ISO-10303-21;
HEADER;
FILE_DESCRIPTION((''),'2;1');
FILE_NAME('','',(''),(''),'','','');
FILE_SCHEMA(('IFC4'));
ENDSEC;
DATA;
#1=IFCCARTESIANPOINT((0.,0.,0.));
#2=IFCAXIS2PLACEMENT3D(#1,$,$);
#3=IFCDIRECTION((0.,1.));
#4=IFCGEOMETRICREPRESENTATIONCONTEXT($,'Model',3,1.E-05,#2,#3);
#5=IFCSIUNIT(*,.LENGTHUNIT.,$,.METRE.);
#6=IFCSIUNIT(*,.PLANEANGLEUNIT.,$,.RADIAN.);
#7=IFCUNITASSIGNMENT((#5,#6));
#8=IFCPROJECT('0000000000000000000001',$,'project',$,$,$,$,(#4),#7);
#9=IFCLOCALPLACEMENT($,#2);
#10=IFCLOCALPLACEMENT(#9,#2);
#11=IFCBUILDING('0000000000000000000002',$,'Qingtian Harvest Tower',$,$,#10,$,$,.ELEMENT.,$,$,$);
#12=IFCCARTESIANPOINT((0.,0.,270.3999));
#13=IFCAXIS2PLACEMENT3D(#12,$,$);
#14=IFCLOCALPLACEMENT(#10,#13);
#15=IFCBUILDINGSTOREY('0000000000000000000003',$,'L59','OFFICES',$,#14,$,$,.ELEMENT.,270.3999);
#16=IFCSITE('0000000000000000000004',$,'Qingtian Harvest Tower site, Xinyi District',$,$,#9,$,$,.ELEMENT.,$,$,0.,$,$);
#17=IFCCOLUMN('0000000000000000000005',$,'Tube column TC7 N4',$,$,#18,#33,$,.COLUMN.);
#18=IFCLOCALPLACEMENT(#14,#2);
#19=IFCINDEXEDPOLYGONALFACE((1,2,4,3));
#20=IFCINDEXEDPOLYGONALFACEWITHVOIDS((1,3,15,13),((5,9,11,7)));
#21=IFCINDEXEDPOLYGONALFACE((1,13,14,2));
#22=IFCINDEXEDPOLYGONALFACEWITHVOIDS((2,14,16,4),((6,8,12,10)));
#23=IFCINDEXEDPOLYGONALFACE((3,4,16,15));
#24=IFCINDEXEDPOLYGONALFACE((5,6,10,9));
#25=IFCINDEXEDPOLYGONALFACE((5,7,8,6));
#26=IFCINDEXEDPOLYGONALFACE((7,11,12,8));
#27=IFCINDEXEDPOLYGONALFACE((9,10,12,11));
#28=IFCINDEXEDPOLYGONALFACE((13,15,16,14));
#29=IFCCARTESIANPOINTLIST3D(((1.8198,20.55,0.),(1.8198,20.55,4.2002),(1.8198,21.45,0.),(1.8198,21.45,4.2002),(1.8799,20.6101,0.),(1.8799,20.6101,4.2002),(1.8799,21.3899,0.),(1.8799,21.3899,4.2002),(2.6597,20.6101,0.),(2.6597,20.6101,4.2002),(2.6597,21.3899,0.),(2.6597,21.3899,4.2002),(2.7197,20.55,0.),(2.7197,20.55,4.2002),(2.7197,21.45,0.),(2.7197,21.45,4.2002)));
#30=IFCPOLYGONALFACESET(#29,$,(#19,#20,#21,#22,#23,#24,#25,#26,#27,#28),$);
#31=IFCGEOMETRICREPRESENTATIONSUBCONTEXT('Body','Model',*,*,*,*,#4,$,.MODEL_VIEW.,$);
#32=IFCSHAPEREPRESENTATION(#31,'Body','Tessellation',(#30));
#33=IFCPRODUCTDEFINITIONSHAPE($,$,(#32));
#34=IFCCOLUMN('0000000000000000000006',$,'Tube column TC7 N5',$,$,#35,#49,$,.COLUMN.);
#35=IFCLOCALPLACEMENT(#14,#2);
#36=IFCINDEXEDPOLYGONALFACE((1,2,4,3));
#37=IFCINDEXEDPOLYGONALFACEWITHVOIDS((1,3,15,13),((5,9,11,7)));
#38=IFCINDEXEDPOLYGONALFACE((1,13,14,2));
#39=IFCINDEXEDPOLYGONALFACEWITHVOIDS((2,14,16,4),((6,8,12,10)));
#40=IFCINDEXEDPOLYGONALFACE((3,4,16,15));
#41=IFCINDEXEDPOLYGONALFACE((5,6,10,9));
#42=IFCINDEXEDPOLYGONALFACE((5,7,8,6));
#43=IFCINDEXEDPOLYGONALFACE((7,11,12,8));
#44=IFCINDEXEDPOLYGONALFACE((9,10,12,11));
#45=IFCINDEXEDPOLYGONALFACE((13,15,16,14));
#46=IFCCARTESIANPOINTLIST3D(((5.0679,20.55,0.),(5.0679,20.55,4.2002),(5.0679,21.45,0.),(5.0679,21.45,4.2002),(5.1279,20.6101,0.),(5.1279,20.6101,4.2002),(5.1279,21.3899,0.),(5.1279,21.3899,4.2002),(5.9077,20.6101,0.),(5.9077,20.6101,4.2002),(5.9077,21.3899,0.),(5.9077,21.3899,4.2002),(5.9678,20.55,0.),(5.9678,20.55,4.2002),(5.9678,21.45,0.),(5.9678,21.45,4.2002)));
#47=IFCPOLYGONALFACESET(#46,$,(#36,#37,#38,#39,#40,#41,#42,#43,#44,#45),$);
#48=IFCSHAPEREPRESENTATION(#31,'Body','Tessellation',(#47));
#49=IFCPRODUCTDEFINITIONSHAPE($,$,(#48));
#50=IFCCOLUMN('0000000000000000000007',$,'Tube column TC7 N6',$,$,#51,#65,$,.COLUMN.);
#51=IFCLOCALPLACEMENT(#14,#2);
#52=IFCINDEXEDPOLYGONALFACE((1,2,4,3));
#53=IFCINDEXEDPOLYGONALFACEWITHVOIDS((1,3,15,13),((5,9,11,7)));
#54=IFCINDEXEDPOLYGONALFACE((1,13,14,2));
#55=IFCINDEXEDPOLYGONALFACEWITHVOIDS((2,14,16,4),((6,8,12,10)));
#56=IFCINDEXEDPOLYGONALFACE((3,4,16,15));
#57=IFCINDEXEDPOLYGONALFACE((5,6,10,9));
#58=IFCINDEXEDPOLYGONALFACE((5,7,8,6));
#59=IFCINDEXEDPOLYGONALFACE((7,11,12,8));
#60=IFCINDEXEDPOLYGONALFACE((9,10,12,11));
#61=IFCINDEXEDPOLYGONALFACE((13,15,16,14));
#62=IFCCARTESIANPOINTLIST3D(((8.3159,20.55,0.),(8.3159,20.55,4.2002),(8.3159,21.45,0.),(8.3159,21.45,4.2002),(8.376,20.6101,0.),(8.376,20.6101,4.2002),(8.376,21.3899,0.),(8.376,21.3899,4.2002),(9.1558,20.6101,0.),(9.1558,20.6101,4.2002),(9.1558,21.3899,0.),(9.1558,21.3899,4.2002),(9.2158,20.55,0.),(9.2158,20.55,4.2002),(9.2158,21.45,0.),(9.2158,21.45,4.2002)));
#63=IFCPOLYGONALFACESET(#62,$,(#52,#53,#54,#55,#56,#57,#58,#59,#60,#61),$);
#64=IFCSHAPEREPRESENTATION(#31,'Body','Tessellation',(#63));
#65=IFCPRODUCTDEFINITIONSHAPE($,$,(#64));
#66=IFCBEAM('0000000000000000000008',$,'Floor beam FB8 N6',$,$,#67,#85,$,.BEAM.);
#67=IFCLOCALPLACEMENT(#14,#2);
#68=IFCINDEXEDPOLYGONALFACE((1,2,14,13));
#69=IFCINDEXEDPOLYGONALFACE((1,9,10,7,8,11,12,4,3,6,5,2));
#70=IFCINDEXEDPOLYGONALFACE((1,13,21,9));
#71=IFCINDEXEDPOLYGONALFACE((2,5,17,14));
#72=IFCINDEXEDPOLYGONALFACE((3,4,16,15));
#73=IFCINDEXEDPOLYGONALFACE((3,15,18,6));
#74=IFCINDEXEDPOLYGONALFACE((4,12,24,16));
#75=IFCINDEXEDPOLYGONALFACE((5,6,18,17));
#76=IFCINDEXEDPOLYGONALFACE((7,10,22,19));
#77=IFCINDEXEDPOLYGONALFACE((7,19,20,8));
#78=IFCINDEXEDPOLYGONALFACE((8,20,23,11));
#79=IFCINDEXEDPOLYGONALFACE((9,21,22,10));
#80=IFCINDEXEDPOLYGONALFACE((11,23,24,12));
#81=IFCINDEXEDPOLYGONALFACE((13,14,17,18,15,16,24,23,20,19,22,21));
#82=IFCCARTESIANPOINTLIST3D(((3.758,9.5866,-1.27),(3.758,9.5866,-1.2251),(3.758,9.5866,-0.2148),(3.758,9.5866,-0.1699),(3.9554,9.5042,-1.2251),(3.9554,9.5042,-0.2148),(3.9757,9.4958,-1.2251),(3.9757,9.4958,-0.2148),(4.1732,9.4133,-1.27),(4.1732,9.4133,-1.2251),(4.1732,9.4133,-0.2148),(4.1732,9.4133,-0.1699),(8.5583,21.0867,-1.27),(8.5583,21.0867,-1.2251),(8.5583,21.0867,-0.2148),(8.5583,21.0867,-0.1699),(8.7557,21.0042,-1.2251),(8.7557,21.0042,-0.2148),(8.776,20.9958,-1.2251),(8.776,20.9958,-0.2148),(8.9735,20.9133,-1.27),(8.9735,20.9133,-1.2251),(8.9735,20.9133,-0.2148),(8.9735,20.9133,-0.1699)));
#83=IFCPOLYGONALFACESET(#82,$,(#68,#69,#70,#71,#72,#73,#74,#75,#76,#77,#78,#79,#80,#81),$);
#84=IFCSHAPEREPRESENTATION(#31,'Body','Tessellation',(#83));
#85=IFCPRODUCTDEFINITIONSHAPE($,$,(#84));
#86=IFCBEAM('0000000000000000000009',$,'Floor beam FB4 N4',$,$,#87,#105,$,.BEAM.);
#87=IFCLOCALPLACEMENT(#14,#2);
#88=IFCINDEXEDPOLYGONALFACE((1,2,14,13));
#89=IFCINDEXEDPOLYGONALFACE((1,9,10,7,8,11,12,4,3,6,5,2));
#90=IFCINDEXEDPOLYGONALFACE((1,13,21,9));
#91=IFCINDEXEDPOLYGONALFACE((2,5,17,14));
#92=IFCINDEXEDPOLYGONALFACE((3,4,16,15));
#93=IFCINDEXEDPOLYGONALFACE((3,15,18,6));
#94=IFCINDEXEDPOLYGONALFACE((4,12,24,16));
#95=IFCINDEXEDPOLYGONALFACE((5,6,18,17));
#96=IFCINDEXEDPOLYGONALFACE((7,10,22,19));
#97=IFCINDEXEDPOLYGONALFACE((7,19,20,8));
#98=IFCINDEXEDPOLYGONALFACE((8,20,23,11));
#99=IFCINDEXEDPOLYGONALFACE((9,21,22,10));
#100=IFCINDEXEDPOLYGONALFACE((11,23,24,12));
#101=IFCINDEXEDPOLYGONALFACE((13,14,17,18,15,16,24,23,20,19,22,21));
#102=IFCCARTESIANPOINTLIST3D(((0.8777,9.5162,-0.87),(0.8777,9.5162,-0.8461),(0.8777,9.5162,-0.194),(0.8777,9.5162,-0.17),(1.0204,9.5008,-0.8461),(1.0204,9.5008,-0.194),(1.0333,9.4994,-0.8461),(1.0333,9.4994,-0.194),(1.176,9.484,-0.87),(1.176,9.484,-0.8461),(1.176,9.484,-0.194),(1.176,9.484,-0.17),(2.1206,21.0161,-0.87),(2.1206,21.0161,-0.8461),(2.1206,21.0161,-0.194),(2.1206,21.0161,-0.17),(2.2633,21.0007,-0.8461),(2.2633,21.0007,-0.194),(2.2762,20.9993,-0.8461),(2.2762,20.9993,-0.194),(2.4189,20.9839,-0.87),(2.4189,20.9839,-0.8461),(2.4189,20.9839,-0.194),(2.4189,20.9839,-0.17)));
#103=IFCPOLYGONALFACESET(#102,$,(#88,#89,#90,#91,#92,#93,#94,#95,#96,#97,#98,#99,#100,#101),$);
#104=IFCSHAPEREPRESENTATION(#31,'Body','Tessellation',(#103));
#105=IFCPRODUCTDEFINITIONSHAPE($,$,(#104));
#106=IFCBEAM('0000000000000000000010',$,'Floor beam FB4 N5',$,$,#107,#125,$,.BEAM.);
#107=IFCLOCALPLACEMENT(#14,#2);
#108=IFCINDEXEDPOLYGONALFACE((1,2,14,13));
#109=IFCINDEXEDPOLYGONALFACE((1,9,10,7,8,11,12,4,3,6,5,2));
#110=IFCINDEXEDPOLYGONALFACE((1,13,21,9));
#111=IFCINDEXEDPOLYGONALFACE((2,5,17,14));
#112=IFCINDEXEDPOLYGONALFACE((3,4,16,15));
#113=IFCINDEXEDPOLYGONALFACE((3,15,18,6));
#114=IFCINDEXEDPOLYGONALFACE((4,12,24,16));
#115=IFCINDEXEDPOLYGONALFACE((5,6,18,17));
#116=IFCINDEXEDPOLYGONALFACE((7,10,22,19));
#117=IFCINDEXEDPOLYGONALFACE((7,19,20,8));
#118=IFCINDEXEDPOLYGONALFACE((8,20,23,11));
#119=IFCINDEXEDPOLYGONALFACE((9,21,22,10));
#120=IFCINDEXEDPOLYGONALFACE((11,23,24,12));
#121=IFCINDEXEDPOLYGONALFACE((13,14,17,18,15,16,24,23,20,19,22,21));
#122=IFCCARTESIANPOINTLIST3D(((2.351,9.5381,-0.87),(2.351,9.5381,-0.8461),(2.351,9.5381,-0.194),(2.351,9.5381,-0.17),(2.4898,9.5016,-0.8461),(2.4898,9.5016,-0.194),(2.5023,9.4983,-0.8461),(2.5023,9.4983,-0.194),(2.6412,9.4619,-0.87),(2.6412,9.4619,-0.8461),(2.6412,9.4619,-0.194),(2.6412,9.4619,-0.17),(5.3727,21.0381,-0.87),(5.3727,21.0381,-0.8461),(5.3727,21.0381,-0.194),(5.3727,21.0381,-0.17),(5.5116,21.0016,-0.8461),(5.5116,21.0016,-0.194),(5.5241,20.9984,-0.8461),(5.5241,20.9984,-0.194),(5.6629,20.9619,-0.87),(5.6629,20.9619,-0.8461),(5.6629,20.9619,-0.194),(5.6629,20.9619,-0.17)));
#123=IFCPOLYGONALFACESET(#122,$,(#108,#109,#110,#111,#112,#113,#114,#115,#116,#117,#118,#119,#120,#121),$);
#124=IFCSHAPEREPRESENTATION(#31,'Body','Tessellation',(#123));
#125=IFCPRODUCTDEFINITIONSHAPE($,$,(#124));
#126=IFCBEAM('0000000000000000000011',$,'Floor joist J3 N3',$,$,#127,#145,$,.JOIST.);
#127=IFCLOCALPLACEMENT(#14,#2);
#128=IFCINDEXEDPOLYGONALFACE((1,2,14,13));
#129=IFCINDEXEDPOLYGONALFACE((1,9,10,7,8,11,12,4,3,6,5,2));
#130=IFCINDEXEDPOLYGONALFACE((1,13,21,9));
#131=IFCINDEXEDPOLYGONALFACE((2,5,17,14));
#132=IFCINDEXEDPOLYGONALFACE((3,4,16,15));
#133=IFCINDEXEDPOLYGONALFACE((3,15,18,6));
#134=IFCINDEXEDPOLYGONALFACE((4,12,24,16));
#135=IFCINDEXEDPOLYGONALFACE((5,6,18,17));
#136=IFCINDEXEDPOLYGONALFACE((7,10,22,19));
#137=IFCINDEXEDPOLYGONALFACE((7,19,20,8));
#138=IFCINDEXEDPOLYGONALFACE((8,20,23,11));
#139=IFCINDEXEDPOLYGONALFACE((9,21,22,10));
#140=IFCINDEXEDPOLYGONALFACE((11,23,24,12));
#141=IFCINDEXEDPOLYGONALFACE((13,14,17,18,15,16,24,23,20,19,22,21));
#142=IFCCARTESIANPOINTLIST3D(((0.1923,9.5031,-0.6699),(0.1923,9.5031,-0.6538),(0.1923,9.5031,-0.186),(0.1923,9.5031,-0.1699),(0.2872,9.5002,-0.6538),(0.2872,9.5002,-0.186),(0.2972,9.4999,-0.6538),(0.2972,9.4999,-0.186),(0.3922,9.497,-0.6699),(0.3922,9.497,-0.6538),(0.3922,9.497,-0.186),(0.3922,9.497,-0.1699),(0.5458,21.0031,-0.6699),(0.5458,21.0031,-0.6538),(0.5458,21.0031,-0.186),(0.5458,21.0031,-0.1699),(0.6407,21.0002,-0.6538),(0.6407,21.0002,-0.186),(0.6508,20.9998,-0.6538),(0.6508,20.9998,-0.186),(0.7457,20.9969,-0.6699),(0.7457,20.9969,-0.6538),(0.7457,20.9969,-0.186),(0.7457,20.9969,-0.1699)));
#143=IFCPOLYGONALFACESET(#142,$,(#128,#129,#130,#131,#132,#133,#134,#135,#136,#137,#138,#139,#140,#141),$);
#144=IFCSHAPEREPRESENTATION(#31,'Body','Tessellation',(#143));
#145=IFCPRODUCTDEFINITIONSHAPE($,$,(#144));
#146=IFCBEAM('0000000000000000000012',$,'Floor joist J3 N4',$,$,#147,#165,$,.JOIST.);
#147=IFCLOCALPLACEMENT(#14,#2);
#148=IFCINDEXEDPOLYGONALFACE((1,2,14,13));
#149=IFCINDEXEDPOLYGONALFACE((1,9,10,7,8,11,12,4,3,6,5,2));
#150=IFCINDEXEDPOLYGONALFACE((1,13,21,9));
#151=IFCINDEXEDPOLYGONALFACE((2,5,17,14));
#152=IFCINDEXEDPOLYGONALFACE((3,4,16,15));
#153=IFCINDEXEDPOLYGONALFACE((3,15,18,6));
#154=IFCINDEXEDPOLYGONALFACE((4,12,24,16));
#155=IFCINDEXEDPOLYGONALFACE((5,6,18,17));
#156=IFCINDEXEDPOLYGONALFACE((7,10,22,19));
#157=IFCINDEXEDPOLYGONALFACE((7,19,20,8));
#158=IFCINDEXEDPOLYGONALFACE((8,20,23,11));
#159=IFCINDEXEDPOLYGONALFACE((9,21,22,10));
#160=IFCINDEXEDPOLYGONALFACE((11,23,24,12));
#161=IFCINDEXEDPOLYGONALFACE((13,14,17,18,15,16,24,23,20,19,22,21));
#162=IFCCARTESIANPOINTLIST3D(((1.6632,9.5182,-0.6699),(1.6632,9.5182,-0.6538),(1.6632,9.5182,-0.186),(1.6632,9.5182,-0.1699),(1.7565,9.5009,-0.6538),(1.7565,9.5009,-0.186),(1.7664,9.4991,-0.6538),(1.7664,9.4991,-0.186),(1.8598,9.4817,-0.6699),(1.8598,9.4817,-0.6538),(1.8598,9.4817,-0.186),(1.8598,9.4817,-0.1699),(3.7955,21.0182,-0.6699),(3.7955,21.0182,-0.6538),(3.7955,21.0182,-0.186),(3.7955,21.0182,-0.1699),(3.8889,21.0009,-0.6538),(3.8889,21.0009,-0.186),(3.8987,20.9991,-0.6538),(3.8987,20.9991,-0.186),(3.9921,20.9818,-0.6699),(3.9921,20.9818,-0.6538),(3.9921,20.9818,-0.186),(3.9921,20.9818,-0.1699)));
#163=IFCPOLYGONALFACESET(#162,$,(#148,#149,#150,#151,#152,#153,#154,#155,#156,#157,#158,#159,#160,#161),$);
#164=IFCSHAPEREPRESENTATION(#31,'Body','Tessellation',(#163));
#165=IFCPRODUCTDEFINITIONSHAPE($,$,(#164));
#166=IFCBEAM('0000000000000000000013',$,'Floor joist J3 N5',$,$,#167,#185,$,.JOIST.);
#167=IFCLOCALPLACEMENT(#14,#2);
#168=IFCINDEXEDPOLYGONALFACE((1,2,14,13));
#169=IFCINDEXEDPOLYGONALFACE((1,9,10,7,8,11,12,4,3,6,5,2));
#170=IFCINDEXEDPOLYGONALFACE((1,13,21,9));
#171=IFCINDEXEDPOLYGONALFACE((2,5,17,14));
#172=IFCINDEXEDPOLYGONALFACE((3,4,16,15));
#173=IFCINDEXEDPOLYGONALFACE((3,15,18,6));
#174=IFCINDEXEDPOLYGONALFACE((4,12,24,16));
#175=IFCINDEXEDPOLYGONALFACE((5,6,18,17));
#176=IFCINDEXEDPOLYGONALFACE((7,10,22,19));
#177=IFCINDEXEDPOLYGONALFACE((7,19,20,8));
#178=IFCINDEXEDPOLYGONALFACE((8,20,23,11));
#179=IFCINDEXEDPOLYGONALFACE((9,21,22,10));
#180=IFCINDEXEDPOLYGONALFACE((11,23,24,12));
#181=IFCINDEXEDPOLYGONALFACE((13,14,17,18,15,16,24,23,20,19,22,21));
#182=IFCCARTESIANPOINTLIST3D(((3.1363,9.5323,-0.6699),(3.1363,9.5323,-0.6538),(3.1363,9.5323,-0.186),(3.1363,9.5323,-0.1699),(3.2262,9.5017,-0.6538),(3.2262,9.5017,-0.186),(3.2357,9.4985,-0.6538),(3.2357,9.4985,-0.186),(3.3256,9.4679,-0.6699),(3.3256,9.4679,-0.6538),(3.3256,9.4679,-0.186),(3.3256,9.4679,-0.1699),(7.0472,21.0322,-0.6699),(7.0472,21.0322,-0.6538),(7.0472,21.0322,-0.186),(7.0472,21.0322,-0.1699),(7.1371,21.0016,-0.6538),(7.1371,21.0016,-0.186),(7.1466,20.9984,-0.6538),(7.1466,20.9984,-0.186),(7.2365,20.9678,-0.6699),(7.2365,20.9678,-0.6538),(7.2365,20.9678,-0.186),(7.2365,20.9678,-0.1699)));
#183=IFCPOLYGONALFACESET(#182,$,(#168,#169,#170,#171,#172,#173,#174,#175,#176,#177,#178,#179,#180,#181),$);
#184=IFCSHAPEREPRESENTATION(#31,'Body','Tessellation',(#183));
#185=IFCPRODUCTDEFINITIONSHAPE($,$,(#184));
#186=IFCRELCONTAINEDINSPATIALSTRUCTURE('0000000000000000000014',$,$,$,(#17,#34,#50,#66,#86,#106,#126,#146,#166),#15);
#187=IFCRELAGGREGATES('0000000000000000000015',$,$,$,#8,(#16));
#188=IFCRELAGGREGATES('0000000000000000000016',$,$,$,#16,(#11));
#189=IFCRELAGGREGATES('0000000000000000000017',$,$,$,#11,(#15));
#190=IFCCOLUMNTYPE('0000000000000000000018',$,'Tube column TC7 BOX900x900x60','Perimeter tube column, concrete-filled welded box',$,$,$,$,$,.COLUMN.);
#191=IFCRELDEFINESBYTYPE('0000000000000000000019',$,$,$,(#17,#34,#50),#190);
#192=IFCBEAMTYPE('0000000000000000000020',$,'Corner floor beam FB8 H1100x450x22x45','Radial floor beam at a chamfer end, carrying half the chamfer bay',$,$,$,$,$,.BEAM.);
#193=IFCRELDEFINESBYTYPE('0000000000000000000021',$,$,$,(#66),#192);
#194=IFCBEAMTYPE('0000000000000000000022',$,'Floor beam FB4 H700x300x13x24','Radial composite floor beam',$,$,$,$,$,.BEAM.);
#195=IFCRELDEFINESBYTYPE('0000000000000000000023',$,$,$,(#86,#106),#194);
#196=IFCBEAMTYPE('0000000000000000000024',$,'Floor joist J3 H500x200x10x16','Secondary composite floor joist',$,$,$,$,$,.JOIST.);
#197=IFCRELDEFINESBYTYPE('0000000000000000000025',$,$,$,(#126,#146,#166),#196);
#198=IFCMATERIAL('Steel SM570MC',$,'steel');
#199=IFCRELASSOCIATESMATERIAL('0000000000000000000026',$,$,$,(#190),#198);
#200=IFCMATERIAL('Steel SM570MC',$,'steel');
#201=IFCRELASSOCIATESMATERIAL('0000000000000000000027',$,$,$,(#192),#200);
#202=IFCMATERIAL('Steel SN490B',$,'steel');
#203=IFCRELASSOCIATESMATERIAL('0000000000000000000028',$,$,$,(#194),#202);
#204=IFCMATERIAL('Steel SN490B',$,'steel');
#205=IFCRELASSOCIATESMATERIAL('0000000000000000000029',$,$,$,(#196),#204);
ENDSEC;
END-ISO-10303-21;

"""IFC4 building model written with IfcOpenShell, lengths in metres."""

from ifc_helpers import new_model, si_unit, direction, frame, origin, origin_2d, place, context, subcontext, project, spatial, hollow_rectangle, i_section, extrude, material, material_profile, profile_set, type_object, element, save


model = new_model("IFC4")

# Units and contexts
model_context = context("Model", 3, precision=1e-05, world=origin(), true_north=direction((0.0, 1.0)))
body_context = subcontext(model_context, "Body", "Model", "MODEL_VIEW")
ifc_project = project(units=[si_unit("LENGTHUNIT", "METRE"), si_unit("PLANEANGLEUNIT", "RADIAN")], contexts=[model_context])

# Site, building, storey
site_placement = place(None, origin())
site = spatial("IfcSite", under=ifc_project, at=site_placement, Name="Qingtian Harvest Tower site, Xinyi District", CompositionType="ELEMENT", RefElevation=0.0)
building_placement = place(site_placement, origin())
building = spatial("IfcBuilding", under=site, at=building_placement, Name="Qingtian Harvest Tower", CompositionType="ELEMENT")
storey_placement = place(building_placement, frame((0.0, 0.0, 270.3999)))
storey = spatial("IfcBuildingStorey", under=building, at=storey_placement, Name="L59", Description="OFFICES", CompositionType="ELEMENT", Elevation=270.3999)

# Columns
ifc_material_1 = material(Name="Steel SM570MC", Category="steel")
ifc_material_profile_1 = material_profile(ifc_material_1, hollow_rectangle(XDim=0.8999, YDim=0.8999, WallThickness=0.0601, at=origin_2d()), Name="BOX900x900x60")
ifc_profile_set_1 = profile_set([ifc_material_profile_1], Name="Steel SM570MC")
column_type = type_object("IfcColumnType", Name="Tube column TC7 BOX900x900x60", Description="Perimeter tube column, concrete-filled welded box", PredefinedType="COLUMN", material=ifc_profile_set_1)
for number, where, z_axis, x_axis, name in (
    (1, (2.2698, 21.0, 0.0), (0.0, 0.0, 1.0), (-1.0, 0.0, 0.0), "Tube column TC7 N4"),
    (2, (5.5178, 21.0, 0.0), (0.0, 0.0, 1.0), (-1.0, 0.0, 0.0), "Tube column TC7 N5"),
    (3, (8.7659, 21.0, 0.0), (0.0, 0.0, 1.0), (-1.0, 0.0, 0.0), "Tube column TC7 N6"),
):
    element("IfcColumn", number, at=place(storey_placement, frame(where, z_axis=z_axis, x_axis=x_axis)), inside=storey, type_object=column_type, Name=name, PredefinedType="COLUMN", context=body_context, shape_type="SweptSolid", body=[
        extrude(hollow_rectangle(XDim=0.8999, YDim=0.8999, WallThickness=0.0601, at=origin_2d()), origin(), (0.0, 0.0, 1.0), 4.2002),
    ])

# Beams
ifc_material_2 = material(Name="Steel SM570MC", Category="steel")
ifc_material_profile_2 = material_profile(ifc_material_2, i_section(OverallWidth=0.45, OverallDepth=1.1001, WebThickness=0.022, FlangeThickness=0.0449, at=origin_2d()), Name="H1100x450x22x45")
ifc_profile_set_2 = profile_set([ifc_material_profile_2], Name="Steel SM570MC")
beam_type_1 = type_object("IfcBeamType", Name="Corner floor beam FB8 H1100x450x22x45", Description="Radial floor beam at a chamfer end, carrying half the chamfer bay", PredefinedType="BEAM", material=ifc_profile_set_2)
beam_1_placement = place(storey_placement, frame((8.7659, 21.0, -0.72), z_axis=(-0.385205, -0.922831, 0.0), x_axis=(0.922831, -0.385205, 0.0)))
element("IfcBeam", 4, at=beam_1_placement, inside=storey, type_object=beam_type_1, Name="Floor beam FB8 N6", PredefinedType="BEAM", context=body_context, shape_type="SweptSolid", body=[
    extrude(i_section(OverallWidth=0.45, OverallDepth=1.1001, WebThickness=0.022, FlangeThickness=0.0449, at=origin_2d()), origin(), (0.0, 0.0, 1.0), 12.4617),
])
ifc_material_3 = material(Name="Steel SN490B", Category="steel")
ifc_material_profile_3 = material_profile(ifc_material_3, i_section(OverallWidth=0.3, OverallDepth=0.7, WebThickness=0.0129, FlangeThickness=0.0239, at=origin_2d()), Name="H700x300x13x24")
ifc_profile_set_3 = profile_set([ifc_material_profile_3], Name="Steel SN490B")
beam_type_2 = type_object("IfcBeamType", Name="Floor beam FB4 H700x300x13x24", Description="Radial composite floor beam", PredefinedType="BEAM", material=ifc_profile_set_3)
beam_2_placement = place(storey_placement, frame((2.2698, 21.0, -0.52), z_axis=(-0.107454, -0.99421, 0.0), x_axis=(0.99421, -0.107454, 0.0)))
element("IfcBeam", 5, at=beam_2_placement, inside=storey, type_object=beam_type_2, Name="Floor beam FB4 N4", PredefinedType="BEAM", context=body_context, shape_type="SweptSolid", body=[
    extrude(i_section(OverallWidth=0.3, OverallDepth=0.7, WebThickness=0.0129, FlangeThickness=0.0239, at=origin_2d()), origin(), (0.0, 0.0, 1.0), 11.5669),
])
beam_3_placement = place(storey_placement, frame((5.5178, 21.0, -0.52), z_axis=(-0.254132, -0.967169, 0.0), x_axis=(0.967169, -0.254132, 0.0)))
element("IfcBeam", 6, at=beam_3_placement, inside=storey, type_object=beam_type_2, Name="Floor beam FB4 N5", PredefinedType="BEAM", context=body_context, shape_type="SweptSolid", body=[
    extrude(i_section(OverallWidth=0.3, OverallDepth=0.7, WebThickness=0.0129, FlangeThickness=0.0239, at=origin_2d()), origin(), (0.0, 0.0, 1.0), 11.8904),
])
ifc_material_4 = material(Name="Steel SN490B", Category="steel")
ifc_material_profile_4 = material_profile(ifc_material_4, i_section(OverallWidth=0.2, OverallDepth=0.5, WebThickness=0.01, FlangeThickness=0.0161, at=origin_2d()), Name="H500x200x10x16")
ifc_profile_set_4 = profile_set([ifc_material_profile_4], Name="Steel SN490B")
beam_type_3 = type_object("IfcBeamType", Name="Floor joist J3 H500x200x10x16", Description="Secondary composite floor joist", PredefinedType="JOIST", material=ifc_profile_set_4)
beam_4_placement = place(storey_placement, frame((0.6458, 21.0, -0.4199), z_axis=(-0.030726, -0.999528, 0.0), x_axis=(0.999528, -0.030726, 0.0)))
element("IfcBeam", 7, at=beam_4_placement, inside=storey, type_object=beam_type_3, Name="Floor joist J3 N3", PredefinedType="JOIST", context=body_context, shape_type="SweptSolid", body=[
    extrude(i_section(OverallWidth=0.2, OverallDepth=0.5, WebThickness=0.01, FlangeThickness=0.0161, at=origin_2d()), origin(), (0.0, 0.0, 1.0), 11.5054),
])
beam_5_placement = place(storey_placement, frame((3.8938, 21.0, -0.4199), z_axis=(-0.182312, -0.983241, 0.0), x_axis=(0.983241, -0.182312, 0.0)))
element("IfcBeam", 8, at=beam_5_placement, inside=storey, type_object=beam_type_3, Name="Floor joist J3 N4", PredefinedType="JOIST", context=body_context, shape_type="SweptSolid", body=[
    extrude(i_section(OverallWidth=0.2, OverallDepth=0.5, WebThickness=0.01, FlangeThickness=0.0161, at=origin_2d()), origin(), (0.0, 0.0, 1.0), 11.696),
])
beam_6_placement = place(storey_placement, frame((7.1418, 21.0, -0.4199), z_axis=(-0.321968, -0.94675, 0.0), x_axis=(0.94675, -0.321968, 0.0)))
element("IfcBeam", 9, at=beam_6_placement, inside=storey, type_object=beam_type_3, Name="Floor joist J3 N5", PredefinedType="JOIST", context=body_context, shape_type="SweptSolid", body=[
    extrude(i_section(OverallWidth=0.2, OverallDepth=0.5, WebThickness=0.01, FlangeThickness=0.0161, at=origin_2d()), origin(), (0.0, 0.0, 1.0), 12.1467),
])

save(model, "model.ifc")
